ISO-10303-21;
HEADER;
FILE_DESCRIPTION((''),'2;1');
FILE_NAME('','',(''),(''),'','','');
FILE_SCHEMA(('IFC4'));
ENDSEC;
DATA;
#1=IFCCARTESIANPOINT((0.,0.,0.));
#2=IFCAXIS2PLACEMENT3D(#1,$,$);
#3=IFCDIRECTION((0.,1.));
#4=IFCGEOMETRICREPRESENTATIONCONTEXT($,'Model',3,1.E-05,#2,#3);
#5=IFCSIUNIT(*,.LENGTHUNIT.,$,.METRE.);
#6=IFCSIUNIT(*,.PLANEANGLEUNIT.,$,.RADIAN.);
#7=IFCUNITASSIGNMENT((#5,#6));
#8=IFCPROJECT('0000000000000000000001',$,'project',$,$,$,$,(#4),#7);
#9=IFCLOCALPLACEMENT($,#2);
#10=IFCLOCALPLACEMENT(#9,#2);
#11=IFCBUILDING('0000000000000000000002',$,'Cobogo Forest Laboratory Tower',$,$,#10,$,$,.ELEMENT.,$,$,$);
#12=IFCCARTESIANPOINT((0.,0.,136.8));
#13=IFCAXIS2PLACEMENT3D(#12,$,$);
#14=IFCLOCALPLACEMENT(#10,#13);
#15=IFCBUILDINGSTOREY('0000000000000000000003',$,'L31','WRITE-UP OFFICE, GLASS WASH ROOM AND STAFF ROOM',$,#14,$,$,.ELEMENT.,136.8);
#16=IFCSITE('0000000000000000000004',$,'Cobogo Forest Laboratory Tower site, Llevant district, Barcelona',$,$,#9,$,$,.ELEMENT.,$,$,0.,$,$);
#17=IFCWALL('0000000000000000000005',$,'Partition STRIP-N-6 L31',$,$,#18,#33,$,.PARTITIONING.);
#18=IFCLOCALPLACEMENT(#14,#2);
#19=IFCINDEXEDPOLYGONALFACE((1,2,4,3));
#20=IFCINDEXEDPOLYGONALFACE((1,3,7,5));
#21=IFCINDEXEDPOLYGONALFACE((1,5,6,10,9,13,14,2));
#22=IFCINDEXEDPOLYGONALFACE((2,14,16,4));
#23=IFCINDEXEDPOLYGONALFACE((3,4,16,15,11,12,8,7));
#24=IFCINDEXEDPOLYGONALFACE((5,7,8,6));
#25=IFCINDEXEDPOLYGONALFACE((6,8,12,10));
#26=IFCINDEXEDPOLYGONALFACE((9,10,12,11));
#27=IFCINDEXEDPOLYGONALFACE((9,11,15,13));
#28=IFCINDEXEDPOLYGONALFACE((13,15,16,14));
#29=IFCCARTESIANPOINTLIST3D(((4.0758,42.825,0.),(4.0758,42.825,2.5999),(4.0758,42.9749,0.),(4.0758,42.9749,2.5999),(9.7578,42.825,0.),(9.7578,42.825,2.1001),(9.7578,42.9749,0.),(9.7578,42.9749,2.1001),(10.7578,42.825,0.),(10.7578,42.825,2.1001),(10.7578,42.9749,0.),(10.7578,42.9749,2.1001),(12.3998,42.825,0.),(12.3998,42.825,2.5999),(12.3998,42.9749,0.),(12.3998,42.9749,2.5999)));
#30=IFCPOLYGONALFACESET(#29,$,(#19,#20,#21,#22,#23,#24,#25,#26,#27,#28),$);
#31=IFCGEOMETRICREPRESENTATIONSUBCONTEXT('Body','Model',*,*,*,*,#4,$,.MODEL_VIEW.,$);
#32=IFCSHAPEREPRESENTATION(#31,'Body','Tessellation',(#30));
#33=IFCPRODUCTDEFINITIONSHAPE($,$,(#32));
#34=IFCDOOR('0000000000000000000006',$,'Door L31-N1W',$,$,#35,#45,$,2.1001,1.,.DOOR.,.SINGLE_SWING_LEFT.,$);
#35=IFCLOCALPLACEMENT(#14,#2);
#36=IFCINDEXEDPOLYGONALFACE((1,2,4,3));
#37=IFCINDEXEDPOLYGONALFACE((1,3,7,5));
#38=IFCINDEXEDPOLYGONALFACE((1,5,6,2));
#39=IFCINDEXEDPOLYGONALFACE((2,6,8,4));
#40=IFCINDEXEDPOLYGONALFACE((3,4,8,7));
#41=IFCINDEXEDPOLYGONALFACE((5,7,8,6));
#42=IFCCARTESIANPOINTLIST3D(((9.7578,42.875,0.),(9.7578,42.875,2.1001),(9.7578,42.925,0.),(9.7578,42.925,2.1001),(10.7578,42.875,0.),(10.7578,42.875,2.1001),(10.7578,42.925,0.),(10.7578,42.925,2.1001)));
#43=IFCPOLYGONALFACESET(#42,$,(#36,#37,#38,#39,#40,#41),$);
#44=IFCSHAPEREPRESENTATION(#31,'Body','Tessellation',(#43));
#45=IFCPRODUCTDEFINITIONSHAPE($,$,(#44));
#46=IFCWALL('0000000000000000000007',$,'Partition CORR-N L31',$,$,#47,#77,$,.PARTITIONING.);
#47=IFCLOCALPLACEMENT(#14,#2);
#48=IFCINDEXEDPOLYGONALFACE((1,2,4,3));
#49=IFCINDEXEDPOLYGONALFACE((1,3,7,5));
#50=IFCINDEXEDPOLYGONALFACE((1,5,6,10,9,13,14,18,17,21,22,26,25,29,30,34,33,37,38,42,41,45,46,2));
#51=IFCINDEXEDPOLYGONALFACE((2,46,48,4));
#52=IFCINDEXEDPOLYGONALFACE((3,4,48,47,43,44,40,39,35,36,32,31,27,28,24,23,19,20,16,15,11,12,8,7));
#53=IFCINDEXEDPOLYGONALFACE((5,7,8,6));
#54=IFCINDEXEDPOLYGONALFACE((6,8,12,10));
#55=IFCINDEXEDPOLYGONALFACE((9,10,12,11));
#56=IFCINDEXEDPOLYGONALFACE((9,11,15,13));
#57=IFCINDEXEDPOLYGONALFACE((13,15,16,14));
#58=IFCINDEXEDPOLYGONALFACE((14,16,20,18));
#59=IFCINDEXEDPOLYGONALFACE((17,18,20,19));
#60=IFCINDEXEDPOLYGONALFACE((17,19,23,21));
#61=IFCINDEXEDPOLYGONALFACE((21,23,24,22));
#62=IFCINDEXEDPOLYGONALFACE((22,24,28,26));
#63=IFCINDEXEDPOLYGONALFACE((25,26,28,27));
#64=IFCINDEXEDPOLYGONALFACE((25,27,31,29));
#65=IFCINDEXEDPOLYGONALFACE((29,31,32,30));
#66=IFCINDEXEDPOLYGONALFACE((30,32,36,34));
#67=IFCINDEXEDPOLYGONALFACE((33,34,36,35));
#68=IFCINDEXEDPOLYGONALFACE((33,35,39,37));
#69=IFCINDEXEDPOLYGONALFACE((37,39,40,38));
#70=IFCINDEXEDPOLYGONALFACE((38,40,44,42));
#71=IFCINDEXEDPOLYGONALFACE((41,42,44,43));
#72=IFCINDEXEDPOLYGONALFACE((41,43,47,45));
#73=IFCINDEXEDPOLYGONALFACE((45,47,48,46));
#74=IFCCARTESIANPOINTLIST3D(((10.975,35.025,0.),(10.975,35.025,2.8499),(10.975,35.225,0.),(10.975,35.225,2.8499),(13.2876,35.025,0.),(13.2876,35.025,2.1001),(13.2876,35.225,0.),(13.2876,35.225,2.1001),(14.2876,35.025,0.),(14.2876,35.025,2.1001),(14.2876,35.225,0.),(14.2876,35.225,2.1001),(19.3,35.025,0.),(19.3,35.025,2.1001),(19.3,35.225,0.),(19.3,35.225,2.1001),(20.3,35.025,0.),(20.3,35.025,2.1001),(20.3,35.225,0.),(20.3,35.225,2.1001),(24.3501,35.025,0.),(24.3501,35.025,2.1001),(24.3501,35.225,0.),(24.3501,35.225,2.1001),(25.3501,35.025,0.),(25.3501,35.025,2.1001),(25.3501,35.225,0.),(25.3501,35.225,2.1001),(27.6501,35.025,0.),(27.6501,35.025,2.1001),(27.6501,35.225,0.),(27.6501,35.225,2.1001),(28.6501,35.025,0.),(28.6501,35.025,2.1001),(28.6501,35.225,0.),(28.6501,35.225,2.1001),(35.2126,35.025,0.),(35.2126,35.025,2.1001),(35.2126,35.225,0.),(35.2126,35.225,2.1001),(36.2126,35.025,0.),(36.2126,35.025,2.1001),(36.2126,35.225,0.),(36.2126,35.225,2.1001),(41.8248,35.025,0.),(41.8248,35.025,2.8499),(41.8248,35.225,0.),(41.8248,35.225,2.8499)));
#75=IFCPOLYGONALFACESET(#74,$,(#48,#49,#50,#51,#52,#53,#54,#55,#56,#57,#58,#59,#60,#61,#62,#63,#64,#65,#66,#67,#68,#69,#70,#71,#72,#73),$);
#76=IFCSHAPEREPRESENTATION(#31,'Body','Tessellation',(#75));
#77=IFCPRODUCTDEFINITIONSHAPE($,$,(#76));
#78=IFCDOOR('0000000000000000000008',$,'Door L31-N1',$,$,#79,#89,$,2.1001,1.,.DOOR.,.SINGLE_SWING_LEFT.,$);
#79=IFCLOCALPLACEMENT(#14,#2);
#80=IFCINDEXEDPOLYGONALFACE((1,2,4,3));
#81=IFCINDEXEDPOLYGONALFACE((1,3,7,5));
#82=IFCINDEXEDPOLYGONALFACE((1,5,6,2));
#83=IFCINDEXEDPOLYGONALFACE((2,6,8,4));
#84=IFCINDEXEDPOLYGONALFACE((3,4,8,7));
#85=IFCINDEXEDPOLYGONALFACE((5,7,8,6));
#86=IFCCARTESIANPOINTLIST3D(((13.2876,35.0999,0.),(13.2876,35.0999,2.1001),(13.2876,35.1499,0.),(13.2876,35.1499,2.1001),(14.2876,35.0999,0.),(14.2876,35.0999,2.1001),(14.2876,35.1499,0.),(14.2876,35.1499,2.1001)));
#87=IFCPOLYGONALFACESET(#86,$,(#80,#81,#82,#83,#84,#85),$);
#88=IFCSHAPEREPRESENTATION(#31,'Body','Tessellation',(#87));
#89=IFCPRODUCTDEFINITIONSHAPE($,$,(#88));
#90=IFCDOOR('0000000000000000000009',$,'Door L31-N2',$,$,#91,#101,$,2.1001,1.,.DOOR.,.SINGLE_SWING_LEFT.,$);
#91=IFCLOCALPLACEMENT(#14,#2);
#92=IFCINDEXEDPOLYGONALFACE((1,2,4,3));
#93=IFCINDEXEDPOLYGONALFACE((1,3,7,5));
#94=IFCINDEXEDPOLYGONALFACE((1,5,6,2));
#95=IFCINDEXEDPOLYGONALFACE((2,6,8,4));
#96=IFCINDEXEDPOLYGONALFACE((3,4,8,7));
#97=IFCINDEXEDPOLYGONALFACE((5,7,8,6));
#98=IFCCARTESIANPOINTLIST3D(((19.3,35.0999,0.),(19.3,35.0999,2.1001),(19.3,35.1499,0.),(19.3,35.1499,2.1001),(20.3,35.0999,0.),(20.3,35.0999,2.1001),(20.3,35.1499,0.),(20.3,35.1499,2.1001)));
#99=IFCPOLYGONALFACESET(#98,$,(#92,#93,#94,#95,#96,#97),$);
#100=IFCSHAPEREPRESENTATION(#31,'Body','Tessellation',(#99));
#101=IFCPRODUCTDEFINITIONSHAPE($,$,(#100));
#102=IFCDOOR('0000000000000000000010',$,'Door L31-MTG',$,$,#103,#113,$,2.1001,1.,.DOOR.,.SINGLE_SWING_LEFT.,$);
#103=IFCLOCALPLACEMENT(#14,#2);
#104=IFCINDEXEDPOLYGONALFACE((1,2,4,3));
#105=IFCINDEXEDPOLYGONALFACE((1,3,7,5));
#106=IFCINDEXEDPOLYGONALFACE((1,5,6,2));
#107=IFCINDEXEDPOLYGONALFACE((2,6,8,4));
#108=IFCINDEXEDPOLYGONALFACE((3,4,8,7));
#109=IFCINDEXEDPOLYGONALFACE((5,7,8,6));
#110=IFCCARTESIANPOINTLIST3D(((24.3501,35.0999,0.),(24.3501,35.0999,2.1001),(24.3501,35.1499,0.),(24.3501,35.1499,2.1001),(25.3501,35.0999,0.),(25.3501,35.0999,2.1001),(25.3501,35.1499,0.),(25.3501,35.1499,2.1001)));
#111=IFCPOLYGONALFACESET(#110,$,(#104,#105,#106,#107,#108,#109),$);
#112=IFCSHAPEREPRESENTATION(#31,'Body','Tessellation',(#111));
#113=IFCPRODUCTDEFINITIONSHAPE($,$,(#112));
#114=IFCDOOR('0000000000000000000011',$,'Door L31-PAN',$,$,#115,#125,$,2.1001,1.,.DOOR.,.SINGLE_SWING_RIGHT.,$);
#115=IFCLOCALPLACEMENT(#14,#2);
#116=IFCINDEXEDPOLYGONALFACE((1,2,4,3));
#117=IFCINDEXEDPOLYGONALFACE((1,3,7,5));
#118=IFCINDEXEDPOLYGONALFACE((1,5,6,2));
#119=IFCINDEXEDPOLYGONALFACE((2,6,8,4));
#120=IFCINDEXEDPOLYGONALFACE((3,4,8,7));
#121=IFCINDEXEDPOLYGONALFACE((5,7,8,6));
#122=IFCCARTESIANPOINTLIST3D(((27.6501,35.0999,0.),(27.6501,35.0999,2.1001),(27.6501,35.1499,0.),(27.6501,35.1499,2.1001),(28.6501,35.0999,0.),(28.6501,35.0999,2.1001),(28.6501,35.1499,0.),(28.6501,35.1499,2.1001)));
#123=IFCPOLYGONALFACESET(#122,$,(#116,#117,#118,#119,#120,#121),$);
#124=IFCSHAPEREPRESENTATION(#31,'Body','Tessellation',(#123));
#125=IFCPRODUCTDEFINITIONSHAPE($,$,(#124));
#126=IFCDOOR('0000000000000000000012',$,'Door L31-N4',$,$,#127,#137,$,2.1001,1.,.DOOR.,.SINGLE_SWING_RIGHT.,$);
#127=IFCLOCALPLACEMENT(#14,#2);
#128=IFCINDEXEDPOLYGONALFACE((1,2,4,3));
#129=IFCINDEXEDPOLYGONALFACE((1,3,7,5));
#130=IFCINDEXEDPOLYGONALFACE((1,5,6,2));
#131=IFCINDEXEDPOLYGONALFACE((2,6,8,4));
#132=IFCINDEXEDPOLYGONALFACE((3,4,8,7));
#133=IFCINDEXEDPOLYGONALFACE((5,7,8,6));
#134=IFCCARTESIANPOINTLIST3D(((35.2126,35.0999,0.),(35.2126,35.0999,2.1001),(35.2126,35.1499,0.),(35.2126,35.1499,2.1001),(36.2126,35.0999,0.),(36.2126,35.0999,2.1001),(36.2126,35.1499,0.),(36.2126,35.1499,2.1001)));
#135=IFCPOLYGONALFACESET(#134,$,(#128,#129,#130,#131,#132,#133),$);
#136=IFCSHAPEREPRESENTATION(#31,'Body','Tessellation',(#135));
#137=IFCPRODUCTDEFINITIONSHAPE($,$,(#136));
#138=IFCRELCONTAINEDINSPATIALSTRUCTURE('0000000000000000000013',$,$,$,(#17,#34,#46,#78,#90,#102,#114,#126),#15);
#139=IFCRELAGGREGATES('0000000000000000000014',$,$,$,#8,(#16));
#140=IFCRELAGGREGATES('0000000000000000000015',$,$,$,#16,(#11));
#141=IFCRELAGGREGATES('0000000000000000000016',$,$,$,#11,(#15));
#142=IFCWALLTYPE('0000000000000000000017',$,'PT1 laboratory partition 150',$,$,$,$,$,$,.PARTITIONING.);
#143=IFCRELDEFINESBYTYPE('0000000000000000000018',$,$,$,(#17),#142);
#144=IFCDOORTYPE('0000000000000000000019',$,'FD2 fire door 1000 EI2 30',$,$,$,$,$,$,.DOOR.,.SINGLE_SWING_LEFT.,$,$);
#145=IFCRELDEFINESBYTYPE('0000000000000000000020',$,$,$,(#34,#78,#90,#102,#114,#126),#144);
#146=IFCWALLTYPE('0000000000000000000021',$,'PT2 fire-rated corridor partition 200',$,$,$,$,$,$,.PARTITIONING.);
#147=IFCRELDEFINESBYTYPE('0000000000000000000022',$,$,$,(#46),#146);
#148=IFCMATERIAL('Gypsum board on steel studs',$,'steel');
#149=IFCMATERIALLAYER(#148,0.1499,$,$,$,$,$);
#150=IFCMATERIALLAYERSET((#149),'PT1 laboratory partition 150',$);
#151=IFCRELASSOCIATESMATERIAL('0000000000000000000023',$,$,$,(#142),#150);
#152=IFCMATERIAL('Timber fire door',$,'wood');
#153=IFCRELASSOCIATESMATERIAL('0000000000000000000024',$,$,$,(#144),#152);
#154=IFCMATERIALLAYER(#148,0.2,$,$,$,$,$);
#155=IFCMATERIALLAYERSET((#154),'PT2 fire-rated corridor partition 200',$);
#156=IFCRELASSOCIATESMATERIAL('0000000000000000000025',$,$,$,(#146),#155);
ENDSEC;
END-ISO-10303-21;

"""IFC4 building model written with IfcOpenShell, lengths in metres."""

from ifc_helpers import new_model, si_unit, direction, frame, frame_2d, origin, place, context, subcontext, project, spatial, rectangle, extrude, material, layer, layer_set, type_object, element, fill, save


model = new_model("IFC4")

# Units and contexts
model_context = context("Model", 3, precision=1e-05, world=origin(), true_north=direction((0.0, 1.0)))
body_context = subcontext(model_context, "Body", "Model", "MODEL_VIEW")
ifc_project = project(units=[si_unit("LENGTHUNIT", "METRE"), si_unit("PLANEANGLEUNIT", "RADIAN")], contexts=[model_context])

# Site, building, storey
site_placement = place(None, origin())
site = spatial("IfcSite", under=ifc_project, at=site_placement, Name="Cobogo Forest Laboratory Tower site, Llevant district, Barcelona", CompositionType="ELEMENT", RefElevation=0.0)
building_placement = place(site_placement, origin())
building = spatial("IfcBuilding", under=site, at=building_placement, Name="Cobogo Forest Laboratory Tower", CompositionType="ELEMENT")
storey_placement = place(building_placement, frame((0.0, 0.0, 136.8)))
storey = spatial("IfcBuildingStorey", under=building, at=storey_placement, Name="L31", Description="WRITE-UP OFFICE, GLASS WASH ROOM AND STAFF ROOM", CompositionType="ELEMENT", Elevation=136.8)

# Wall, opening, door
ifc_material_1 = material(Name="Gypsum board on steel studs", Category="steel")
ifc_layer_1 = layer(ifc_material_1, 0.1499)
ifc_layer_set_1 = layer_set([ifc_layer_1], Name="PT1 laboratory partition 150")
wall_type_1 = type_object("IfcWallType", Name="PT1 laboratory partition 150", PredefinedType="PARTITIONING", material=ifc_layer_set_1)
wall_1_placement = place(storey_placement, frame((12.3999, 42.8999, 0.0), z_axis=(0.0, 0.0, 1.0), x_axis=(-1.0, 0.0, 0.0)))
wall_1 = element("IfcWall", 1, at=wall_1_placement, inside=storey, type_object=wall_type_1, Name="Partition STRIP-N-6 L31", PredefinedType="PARTITIONING", context=body_context, shape_type="SweptSolid", body=[
    extrude(rectangle(XDim=8.324, YDim=0.1499, at=frame_2d((4.1621, 0.0))), origin(), (0.0, 0.0, 1.0), 2.5999),
])
opening_1_placement = place(wall_1_placement, frame((1.6421, 0.0, 0.0)))
opening_1 = element("IfcOpeningElement", 2, at=opening_1_placement, cuts=wall_1, PredefinedType="OPENING", context=body_context, shape_type="SweptSolid", body=[
    extrude(rectangle(XDim=1.0, YDim=2.1001, at=frame_2d((0.5, 1.05))), frame((0.0, 0.085, 0.0), z_axis=(0.0, -1.0, 0.0), x_axis=(1.0, 0.0, 0.0)), (0.0, 0.0, 1.0), 0.1699),
])
ifc_material_2 = material(Name="Timber fire door", Category="wood")
door_type = type_object("IfcDoorType", Name="FD2 fire door 1000 EI2 30", OperationType="SINGLE_SWING_LEFT", PredefinedType="DOOR", material=ifc_material_2)
door_1_placement = place(opening_1_placement, origin())
door_1 = element("IfcDoor", 3, at=door_1_placement, inside=storey, type_object=door_type, Name="Door L31-N1W", OperationType="SINGLE_SWING_LEFT", OverallHeight=2.1001, OverallWidth=1.0, PredefinedType="DOOR", context=body_context, shape_type="SweptSolid", body=[
    extrude(rectangle(XDim=1.0, YDim=2.1001, at=frame_2d((0.5, 1.05))), frame((0.0, 0.0249, 0.0), z_axis=(0.0, -1.0, 0.0), x_axis=(1.0, 0.0, 0.0)), (0.0, 0.0, 1.0), 0.05),
])
fill(opening_1, door_1)

# Wall, openings, doors
ifc_layer_2 = layer(ifc_material_1, 0.2)
ifc_layer_set_2 = layer_set([ifc_layer_2], Name="PT2 fire-rated corridor partition 200")
wall_type_2 = type_object("IfcWallType", Name="PT2 fire-rated corridor partition 200", PredefinedType="PARTITIONING", material=ifc_layer_set_2)
wall_2_placement = place(storey_placement, frame((10.9751, 35.125, 0.0), z_axis=(0.0, 0.0, 1.0), x_axis=(1.0, 0.0, 0.0)))
wall_2 = element("IfcWall", 4, at=wall_2_placement, inside=storey, type_object=wall_type_2, Name="Partition CORR-N L31", PredefinedType="PARTITIONING", context=body_context, shape_type="SweptSolid", body=[
    extrude(rectangle(XDim=30.8499, YDim=0.2, at=frame_2d((15.4248, 0.0))), origin(), (0.0, 0.0, 1.0), 2.8499),
])
opening_2_placement = place(wall_2_placement, frame((2.3125, 0.0, 0.0)))
opening_2 = element("IfcOpeningElement", 5, at=opening_2_placement, cuts=wall_2, PredefinedType="OPENING", context=body_context, shape_type="SweptSolid", body=[
    extrude(rectangle(XDim=1.0, YDim=2.1001, at=frame_2d((0.5, 1.05))), frame((0.0, 0.1099, 0.0), z_axis=(0.0, -1.0, 0.0), x_axis=(1.0, 0.0, 0.0)), (0.0, 0.0, 1.0), 0.22),
])
opening_3_placement = place(wall_2_placement, frame((8.325, 0.0, 0.0)))
opening_3 = element("IfcOpeningElement", 6, at=opening_3_placement, cuts=wall_2, PredefinedType="OPENING", context=body_context, shape_type="SweptSolid", body=[
    extrude(rectangle(XDim=1.0, YDim=2.1001, at=frame_2d((0.5, 1.05))), frame((0.0, 0.1099, 0.0), z_axis=(0.0, -1.0, 0.0), x_axis=(1.0, 0.0, 0.0)), (0.0, 0.0, 1.0), 0.22),
])
opening_4_placement = place(wall_2_placement, frame((13.375, 0.0, 0.0)))
opening_4 = element("IfcOpeningElement", 7, at=opening_4_placement, cuts=wall_2, PredefinedType="OPENING", context=body_context, shape_type="SweptSolid", body=[
    extrude(rectangle(XDim=1.0, YDim=2.1001, at=frame_2d((0.5, 1.05))), frame((0.0, 0.1099, 0.0), z_axis=(0.0, -1.0, 0.0), x_axis=(1.0, 0.0, 0.0)), (0.0, 0.0, 1.0), 0.22),
])
opening_5_placement = place(wall_2_placement, frame((16.675, 0.0, 0.0)))
opening_5 = element("IfcOpeningElement", 8, at=opening_5_placement, cuts=wall_2, PredefinedType="OPENING", context=body_context, shape_type="SweptSolid", body=[
    extrude(rectangle(XDim=1.0, YDim=2.1001, at=frame_2d((0.5, 1.05))), frame((0.0, 0.1099, 0.0), z_axis=(0.0, -1.0, 0.0), x_axis=(1.0, 0.0, 0.0)), (0.0, 0.0, 1.0), 0.22),
])
opening_6_placement = place(wall_2_placement, frame((24.2375, 0.0, 0.0)))
opening_6 = element("IfcOpeningElement", 9, at=opening_6_placement, cuts=wall_2, PredefinedType="OPENING", context=body_context, shape_type="SweptSolid", body=[
    extrude(rectangle(XDim=1.0, YDim=2.1001, at=frame_2d((0.5, 1.05))), frame((0.0, 0.1099, 0.0), z_axis=(0.0, -1.0, 0.0), x_axis=(1.0, 0.0, 0.0)), (0.0, 0.0, 1.0), 0.22),
])
door_2_placement = place(opening_2_placement, origin())
door_2 = element("IfcDoor", 10, at=door_2_placement, inside=storey, type_object=door_type, Name="Door L31-N1", OperationType="SINGLE_SWING_LEFT", OverallHeight=2.1001, OverallWidth=1.0, PredefinedType="DOOR", context=body_context, shape_type="SweptSolid", body=[
    extrude(rectangle(XDim=1.0, YDim=2.1001, at=frame_2d((0.5, 1.05))), frame((0.0, 0.0249, 0.0), z_axis=(0.0, -1.0, 0.0), x_axis=(1.0, 0.0, 0.0)), (0.0, 0.0, 1.0), 0.05),
])
fill(opening_2, door_2)
door_3_placement = place(opening_3_placement, origin())
door_3 = element("IfcDoor", 11, at=door_3_placement, inside=storey, type_object=door_type, Name="Door L31-N2", OperationType="SINGLE_SWING_LEFT", OverallHeight=2.1001, OverallWidth=1.0, PredefinedType="DOOR", context=body_context, shape_type="SweptSolid", body=[
    extrude(rectangle(XDim=1.0, YDim=2.1001, at=frame_2d((0.5, 1.05))), frame((0.0, 0.0249, 0.0), z_axis=(0.0, -1.0, 0.0), x_axis=(1.0, 0.0, 0.0)), (0.0, 0.0, 1.0), 0.05),
])
fill(opening_3, door_3)
door_4_placement = place(opening_4_placement, origin())
door_4 = element("IfcDoor", 12, at=door_4_placement, inside=storey, type_object=door_type, Name="Door L31-MTG", OperationType="SINGLE_SWING_LEFT", OverallHeight=2.1001, OverallWidth=1.0, PredefinedType="DOOR", context=body_context, shape_type="SweptSolid", body=[
    extrude(rectangle(XDim=1.0, YDim=2.1001, at=frame_2d((0.5, 1.05))), frame((0.0, 0.0249, 0.0), z_axis=(0.0, -1.0, 0.0), x_axis=(1.0, 0.0, 0.0)), (0.0, 0.0, 1.0), 0.05),
])
fill(opening_4, door_4)
door_5_placement = place(opening_5_placement, origin())
door_5 = element("IfcDoor", 13, at=door_5_placement, inside=storey, type_object=door_type, Name="Door L31-PAN", OperationType="SINGLE_SWING_RIGHT", OverallHeight=2.1001, OverallWidth=1.0, PredefinedType="DOOR", context=body_context, shape_type="SweptSolid", body=[
    extrude(rectangle(XDim=1.0, YDim=2.1001, at=frame_2d((0.5, 1.05))), frame((0.0, 0.0249, 0.0), z_axis=(0.0, -1.0, 0.0), x_axis=(1.0, 0.0, 0.0)), (0.0, 0.0, 1.0), 0.05),
])
fill(opening_5, door_5)
door_6_placement = place(opening_6_placement, origin())
door_6 = element("IfcDoor", 14, at=door_6_placement, inside=storey, type_object=door_type, Name="Door L31-N4", OperationType="SINGLE_SWING_RIGHT", OverallHeight=2.1001, OverallWidth=1.0, PredefinedType="DOOR", context=body_context, shape_type="SweptSolid", body=[
    extrude(rectangle(XDim=1.0, YDim=2.1001, at=frame_2d((0.5, 1.05))), frame((0.0, 0.0249, 0.0), z_axis=(0.0, -1.0, 0.0), x_axis=(1.0, 0.0, 0.0)), (0.0, 0.0, 1.0), 0.05),
])
fill(opening_6, door_6)

save(model, "model.ifc")
